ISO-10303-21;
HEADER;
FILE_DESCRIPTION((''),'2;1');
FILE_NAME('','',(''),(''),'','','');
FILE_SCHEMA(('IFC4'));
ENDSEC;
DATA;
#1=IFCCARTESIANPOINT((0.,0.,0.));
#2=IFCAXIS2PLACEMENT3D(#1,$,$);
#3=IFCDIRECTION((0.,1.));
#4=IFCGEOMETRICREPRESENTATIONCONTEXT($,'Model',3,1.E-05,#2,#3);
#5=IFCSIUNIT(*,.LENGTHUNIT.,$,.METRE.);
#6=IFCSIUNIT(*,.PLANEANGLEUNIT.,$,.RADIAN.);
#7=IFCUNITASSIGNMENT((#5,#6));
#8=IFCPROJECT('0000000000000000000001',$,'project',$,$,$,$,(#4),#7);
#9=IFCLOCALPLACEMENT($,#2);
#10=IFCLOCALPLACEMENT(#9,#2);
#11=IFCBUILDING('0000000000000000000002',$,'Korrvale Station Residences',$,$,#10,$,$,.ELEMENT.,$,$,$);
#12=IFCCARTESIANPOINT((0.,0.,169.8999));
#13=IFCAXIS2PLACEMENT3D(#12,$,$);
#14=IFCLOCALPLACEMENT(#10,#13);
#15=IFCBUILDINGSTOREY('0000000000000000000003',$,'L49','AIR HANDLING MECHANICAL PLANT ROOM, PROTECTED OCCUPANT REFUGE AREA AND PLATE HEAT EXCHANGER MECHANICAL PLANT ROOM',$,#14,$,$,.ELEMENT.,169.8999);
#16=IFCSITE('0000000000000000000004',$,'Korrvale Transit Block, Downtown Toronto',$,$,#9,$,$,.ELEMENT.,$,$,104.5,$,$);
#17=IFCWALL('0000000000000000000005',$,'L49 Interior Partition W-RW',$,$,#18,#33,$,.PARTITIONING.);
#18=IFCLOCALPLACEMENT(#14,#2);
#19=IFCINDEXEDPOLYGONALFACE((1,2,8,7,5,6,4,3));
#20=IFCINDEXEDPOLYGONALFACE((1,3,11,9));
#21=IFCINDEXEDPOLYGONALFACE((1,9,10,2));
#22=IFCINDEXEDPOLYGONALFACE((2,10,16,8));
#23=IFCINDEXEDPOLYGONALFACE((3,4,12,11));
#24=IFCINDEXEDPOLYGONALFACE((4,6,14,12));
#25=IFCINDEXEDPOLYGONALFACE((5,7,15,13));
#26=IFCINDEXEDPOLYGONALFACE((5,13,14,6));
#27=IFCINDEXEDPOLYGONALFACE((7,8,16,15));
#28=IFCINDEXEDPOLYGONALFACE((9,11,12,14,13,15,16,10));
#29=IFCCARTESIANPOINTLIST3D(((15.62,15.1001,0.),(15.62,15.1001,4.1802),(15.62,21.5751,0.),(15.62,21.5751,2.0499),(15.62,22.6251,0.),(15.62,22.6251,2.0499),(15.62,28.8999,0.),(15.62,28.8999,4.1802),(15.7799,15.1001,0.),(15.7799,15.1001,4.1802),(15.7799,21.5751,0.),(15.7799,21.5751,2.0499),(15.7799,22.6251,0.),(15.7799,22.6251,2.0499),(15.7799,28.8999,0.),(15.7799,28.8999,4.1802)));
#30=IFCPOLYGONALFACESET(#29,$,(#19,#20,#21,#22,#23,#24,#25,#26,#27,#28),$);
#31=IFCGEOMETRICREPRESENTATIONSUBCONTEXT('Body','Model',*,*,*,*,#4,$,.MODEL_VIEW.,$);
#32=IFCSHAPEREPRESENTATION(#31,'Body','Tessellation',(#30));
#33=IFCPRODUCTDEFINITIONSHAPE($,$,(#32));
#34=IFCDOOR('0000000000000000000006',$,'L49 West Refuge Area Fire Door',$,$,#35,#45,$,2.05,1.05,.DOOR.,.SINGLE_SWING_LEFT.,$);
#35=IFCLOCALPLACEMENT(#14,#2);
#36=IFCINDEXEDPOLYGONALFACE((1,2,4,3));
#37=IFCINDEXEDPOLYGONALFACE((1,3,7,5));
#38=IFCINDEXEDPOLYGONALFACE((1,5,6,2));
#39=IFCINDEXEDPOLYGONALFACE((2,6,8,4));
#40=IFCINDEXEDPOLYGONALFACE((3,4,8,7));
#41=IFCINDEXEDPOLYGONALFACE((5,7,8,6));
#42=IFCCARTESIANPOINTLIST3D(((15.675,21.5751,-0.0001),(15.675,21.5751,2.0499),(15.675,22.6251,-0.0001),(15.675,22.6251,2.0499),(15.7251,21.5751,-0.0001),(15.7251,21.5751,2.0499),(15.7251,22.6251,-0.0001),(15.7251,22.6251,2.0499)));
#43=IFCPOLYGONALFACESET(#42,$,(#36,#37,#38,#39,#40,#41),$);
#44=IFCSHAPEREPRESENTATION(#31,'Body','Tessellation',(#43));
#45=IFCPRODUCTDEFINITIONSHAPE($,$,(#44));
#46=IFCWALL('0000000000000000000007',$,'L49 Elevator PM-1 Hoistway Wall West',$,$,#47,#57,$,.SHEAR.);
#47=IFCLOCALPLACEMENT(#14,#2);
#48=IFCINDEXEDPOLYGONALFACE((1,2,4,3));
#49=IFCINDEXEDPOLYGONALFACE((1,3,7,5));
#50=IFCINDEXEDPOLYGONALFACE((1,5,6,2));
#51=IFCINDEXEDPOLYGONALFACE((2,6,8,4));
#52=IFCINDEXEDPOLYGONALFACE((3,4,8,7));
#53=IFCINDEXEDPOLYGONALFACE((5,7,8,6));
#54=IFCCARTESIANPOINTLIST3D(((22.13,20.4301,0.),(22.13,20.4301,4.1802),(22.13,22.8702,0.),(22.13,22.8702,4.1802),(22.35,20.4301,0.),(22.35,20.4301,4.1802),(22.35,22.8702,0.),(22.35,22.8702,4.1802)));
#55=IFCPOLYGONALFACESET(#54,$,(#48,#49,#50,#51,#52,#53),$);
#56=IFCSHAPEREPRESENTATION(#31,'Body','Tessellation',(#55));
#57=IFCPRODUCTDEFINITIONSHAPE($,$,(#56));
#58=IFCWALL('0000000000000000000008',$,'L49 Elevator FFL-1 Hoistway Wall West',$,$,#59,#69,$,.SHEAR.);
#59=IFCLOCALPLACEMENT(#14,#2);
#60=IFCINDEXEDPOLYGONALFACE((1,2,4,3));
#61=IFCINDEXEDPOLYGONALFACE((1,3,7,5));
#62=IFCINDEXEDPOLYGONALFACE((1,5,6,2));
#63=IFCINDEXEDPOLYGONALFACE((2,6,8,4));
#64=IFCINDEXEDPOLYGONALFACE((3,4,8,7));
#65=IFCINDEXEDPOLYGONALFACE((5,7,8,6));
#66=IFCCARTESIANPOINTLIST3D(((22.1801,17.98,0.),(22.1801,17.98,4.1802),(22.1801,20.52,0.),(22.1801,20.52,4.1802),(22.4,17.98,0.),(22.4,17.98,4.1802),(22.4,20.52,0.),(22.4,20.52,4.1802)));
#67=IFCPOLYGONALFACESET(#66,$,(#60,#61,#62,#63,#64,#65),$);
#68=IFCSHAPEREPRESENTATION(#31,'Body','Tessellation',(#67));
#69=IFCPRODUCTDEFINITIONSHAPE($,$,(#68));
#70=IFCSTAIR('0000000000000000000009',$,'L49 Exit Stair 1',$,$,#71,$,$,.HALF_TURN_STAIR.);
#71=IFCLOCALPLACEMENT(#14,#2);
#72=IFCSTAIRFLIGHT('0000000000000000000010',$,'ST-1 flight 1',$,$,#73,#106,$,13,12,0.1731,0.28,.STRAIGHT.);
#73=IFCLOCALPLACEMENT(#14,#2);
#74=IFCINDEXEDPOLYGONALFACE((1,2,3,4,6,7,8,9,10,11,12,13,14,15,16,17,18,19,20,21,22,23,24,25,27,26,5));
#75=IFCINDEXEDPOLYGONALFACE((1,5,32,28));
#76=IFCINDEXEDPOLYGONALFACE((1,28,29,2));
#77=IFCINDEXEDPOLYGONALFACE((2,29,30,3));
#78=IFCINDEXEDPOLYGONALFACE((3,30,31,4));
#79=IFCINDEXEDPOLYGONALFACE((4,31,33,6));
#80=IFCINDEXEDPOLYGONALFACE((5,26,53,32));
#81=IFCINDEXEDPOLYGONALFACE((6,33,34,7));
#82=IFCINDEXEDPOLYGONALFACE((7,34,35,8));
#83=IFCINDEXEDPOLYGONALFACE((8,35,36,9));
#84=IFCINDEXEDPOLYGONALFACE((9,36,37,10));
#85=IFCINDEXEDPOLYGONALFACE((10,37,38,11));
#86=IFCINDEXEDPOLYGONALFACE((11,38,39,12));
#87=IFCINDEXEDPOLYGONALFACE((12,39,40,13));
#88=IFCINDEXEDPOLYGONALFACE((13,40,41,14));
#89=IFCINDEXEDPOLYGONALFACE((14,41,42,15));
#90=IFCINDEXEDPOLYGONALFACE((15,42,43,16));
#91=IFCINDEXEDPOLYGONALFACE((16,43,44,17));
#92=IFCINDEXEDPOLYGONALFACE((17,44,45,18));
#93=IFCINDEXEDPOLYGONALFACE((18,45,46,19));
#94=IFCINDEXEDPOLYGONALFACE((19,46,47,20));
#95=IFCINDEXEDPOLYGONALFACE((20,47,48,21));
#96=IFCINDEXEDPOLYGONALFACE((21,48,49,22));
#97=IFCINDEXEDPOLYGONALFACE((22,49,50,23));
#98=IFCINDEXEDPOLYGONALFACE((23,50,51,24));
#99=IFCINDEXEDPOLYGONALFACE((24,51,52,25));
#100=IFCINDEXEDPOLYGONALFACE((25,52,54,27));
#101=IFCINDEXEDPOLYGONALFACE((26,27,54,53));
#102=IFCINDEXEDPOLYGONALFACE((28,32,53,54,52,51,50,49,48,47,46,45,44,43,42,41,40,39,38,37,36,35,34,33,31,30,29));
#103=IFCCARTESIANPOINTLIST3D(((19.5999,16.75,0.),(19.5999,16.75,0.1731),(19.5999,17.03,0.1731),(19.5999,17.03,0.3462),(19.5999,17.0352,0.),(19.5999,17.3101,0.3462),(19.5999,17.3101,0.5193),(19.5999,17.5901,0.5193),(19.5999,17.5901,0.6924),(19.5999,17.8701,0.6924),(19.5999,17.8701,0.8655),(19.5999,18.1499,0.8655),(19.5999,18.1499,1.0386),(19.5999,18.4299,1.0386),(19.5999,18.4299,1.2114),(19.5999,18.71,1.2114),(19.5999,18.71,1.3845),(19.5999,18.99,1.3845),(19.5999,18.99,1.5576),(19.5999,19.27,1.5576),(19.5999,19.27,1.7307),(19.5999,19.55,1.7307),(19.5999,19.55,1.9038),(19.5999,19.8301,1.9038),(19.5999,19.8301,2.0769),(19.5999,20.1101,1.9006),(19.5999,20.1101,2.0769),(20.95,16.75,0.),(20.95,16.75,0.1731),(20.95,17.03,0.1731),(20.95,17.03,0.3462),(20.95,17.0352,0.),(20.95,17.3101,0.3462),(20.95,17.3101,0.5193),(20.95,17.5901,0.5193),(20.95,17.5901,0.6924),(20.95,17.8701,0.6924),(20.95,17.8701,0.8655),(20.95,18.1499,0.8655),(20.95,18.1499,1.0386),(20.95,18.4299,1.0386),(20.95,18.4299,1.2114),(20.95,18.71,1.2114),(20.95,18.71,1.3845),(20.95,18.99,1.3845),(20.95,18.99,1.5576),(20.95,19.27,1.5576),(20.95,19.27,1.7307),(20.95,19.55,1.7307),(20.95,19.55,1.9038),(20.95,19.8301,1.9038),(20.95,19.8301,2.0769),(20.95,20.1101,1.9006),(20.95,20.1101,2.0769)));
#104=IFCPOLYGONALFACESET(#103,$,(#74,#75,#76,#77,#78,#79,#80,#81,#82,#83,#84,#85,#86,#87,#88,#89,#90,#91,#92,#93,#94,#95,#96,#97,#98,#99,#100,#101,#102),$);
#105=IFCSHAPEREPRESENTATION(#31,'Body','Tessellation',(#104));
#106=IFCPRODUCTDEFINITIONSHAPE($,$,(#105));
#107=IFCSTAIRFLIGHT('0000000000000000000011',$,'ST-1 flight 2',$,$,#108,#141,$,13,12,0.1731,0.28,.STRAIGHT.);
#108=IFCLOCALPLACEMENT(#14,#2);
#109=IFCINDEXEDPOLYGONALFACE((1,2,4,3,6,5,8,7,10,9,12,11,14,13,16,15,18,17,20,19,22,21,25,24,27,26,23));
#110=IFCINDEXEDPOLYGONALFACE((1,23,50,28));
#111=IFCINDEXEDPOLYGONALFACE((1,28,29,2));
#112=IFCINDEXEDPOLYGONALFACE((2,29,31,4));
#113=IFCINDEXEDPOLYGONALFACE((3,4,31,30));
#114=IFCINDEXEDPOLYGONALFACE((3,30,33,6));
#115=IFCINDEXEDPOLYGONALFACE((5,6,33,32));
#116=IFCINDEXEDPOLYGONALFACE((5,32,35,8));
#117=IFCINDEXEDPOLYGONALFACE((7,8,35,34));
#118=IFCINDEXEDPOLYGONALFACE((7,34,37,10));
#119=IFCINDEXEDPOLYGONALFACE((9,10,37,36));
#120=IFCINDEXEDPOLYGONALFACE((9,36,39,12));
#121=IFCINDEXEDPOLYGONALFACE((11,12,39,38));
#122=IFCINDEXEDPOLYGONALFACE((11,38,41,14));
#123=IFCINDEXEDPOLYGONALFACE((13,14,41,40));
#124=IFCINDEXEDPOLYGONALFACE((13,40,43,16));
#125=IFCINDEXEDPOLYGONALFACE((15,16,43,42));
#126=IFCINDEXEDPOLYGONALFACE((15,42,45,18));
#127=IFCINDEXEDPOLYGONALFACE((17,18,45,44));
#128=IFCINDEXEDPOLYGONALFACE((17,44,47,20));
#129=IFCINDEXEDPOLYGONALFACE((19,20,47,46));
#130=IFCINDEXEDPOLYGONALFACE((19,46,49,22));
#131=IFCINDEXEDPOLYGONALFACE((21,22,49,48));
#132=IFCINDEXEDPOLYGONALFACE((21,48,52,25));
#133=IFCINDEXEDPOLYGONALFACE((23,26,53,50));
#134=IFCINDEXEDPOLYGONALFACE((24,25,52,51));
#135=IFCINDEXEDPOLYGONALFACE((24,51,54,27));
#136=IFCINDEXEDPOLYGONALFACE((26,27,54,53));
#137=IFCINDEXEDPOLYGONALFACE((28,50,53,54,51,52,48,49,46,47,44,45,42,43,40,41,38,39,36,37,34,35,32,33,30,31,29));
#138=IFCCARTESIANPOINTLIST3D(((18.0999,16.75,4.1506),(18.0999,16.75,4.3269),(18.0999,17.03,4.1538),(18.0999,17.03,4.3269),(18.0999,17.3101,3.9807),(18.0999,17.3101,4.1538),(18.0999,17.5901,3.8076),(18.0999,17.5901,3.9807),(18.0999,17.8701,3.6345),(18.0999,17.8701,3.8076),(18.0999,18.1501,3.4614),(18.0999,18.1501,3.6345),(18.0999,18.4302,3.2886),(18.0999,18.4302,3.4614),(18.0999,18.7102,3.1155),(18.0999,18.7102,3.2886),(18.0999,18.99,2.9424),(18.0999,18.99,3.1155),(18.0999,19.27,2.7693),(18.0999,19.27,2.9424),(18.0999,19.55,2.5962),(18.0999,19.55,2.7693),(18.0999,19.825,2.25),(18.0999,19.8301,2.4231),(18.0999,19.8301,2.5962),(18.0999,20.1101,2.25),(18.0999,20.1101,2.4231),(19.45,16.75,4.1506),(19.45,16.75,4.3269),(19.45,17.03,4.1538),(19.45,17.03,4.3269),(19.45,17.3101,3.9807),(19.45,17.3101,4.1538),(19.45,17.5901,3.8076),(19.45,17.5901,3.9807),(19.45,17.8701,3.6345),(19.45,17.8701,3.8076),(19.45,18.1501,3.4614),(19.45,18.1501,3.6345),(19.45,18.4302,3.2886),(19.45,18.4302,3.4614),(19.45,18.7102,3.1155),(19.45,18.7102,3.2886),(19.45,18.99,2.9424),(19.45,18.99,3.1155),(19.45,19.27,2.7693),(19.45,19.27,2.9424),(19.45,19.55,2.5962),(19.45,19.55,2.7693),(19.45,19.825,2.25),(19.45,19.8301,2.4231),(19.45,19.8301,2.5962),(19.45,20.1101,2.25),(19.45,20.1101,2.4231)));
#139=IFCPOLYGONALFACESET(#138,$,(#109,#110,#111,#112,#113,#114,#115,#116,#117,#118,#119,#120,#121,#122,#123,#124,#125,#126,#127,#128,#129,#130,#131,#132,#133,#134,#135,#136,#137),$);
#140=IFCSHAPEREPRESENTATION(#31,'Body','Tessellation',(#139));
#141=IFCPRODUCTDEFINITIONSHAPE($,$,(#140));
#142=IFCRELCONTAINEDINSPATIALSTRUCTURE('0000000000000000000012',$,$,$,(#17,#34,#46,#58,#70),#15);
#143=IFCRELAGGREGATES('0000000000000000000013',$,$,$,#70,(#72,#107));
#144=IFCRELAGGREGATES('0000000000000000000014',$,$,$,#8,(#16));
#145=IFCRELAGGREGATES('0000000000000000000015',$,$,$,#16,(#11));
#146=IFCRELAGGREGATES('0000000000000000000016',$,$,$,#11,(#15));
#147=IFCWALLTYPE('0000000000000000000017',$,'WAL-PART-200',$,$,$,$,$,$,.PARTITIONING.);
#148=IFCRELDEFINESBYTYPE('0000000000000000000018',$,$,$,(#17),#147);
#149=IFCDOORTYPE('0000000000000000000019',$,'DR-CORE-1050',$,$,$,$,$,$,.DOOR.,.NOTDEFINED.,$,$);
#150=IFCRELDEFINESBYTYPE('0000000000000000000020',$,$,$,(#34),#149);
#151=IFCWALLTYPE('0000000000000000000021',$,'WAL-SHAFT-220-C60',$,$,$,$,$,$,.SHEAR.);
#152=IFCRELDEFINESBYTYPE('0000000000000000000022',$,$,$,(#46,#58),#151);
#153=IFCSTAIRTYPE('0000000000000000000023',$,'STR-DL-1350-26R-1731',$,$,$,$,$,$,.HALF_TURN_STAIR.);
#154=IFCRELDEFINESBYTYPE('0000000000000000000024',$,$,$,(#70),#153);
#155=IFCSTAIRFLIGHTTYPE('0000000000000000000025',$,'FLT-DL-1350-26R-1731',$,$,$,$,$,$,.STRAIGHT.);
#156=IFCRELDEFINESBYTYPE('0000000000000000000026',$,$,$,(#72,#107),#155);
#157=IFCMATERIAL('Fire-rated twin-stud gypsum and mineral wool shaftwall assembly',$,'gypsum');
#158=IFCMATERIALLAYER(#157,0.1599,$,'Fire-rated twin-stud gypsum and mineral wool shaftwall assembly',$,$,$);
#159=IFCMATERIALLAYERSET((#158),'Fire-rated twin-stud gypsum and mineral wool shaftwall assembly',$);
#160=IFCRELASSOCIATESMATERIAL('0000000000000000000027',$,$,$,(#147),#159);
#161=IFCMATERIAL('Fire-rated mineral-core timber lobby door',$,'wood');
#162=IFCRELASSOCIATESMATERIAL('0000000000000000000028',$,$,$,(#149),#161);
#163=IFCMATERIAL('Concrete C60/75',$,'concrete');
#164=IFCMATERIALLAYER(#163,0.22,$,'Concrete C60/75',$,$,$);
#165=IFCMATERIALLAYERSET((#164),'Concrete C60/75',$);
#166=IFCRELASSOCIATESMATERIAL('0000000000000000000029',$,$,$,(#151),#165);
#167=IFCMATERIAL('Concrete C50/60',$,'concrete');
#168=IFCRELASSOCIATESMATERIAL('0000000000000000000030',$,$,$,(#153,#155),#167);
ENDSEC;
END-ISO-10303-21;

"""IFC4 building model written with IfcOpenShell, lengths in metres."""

from ifc_helpers import new_model, si_unit, direction, frame, frame_2d, origin, place, context, subcontext, project, spatial, polyline, rectangle, outline, extrude, material, layer, layer_set, type_object, element, fill, aggregate, save


model = new_model("IFC4")

# Units and contexts
model_context = context("Model", 3, precision=1e-05, world=origin(), true_north=direction((0.0, 1.0)))
body_context = subcontext(model_context, "Body", "Model", "MODEL_VIEW")
ifc_project = project(units=[si_unit("LENGTHUNIT", "METRE"), si_unit("PLANEANGLEUNIT", "RADIAN")], contexts=[model_context])

# Site, building, storey
site_placement = place(None, origin())
site = spatial("IfcSite", under=ifc_project, at=site_placement, Name="Korrvale Transit Block, Downtown Toronto", CompositionType="ELEMENT", RefElevation=104.5)
building_placement = place(site_placement, origin())
building = spatial("IfcBuilding", under=site, at=building_placement, Name="Korrvale Station Residences", CompositionType="ELEMENT")
storey_placement = place(building_placement, frame((0.0, 0.0, 169.8999)))
storey = spatial("IfcBuildingStorey", under=building, at=storey_placement, Name="L49", Description="AIR HANDLING MECHANICAL PLANT ROOM, PROTECTED OCCUPANT REFUGE AREA AND PLATE HEAT EXCHANGER MECHANICAL PLANT ROOM", CompositionType="ELEMENT", Elevation=169.8999)

# Shared definitions
ifc_material_1 = material(Name="Concrete C60/75", Category="concrete")

# Shared definitions
ifc_material_2 = material(Name="Fire-rated twin-stud gypsum and mineral wool shaftwall assembly", Category="gypsum")
ifc_layer_1 = layer(ifc_material_2, 0.1599, Name="Fire-rated twin-stud gypsum and mineral wool shaftwall assembly")
ifc_layer_set_1 = layer_set([ifc_layer_1], Name="Fire-rated twin-stud gypsum and mineral wool shaftwall assembly")
wall_type_1 = type_object("IfcWallType", Name="WAL-PART-200", PredefinedType="PARTITIONING", material=ifc_layer_set_1)
ifc_material_3 = material(Name="Fire-rated mineral-core timber lobby door", Category="wood")
door_type_1 = type_object("IfcDoorType", Name="DR-CORE-1050", OperationType="NOTDEFINED", PredefinedType="DOOR", material=ifc_material_3)

# Wall, opening, door
wall_1_placement = place(storey_placement, frame((15.7, 15.1001, 0.0), z_axis=(0.0, 0.0, 1.0), x_axis=(0.0, 1.0, 0.0)))
wall_1 = element("IfcWall", 1, at=wall_1_placement, inside=storey, type_object=wall_type_1, Name="L49 Interior Partition W-RW", PredefinedType="PARTITIONING", context=body_context, shape_type="SweptSolid", body=[
    extrude(rectangle(XDim=13.7998, YDim=0.1599, at=frame_2d((6.8999, 0.0))), origin(), (0.0, 0.0, 1.0), 4.1802),
])
opening_1_placement = place(wall_1_placement, frame((6.4751, 0.0, 0.0)))
opening_1 = element("IfcOpeningElement", 2, at=opening_1_placement, cuts=wall_1, PredefinedType="OPENING", context=body_context, shape_type="SweptSolid", body=[
    extrude(rectangle(XDim=1.05, YDim=2.05, at=frame_2d((0.5249, 1.0249))), frame((0.0, 0.0898, 0.0), z_axis=(0.0, -1.0, 0.0), x_axis=(1.0, 0.0, 0.0)), (0.0, 0.0, 1.0), 0.1799),
])
door_1_placement = place(opening_1_placement, origin())
door_1 = element("IfcDoor", 3, at=door_1_placement, inside=storey, type_object=door_type_1, Name="L49 West Refuge Area Fire Door", OperationType="SINGLE_SWING_LEFT", OverallHeight=2.05, OverallWidth=1.05, PredefinedType="DOOR", context=body_context, shape_type="SweptSolid", body=[
    extrude(rectangle(XDim=1.05, YDim=2.05, at=frame_2d((0.5249, 1.0249))), frame((0.0, 0.0249, 0.0), z_axis=(0.0, -1.0, 0.0), x_axis=(1.0, 0.0, 0.0)), (0.0, 0.0, 1.0), 0.05),
])
fill(opening_1, door_1)

# Walls
ifc_layer_2 = layer(ifc_material_1, 0.22, Name="Concrete C60/75")
ifc_layer_set_2 = layer_set([ifc_layer_2], Name="Concrete C60/75")
wall_type_2 = type_object("IfcWallType", Name="WAL-SHAFT-220-C60", PredefinedType="SHEAR", material=ifc_layer_set_2)
wall_2_placement = place(storey_placement, frame((22.24, 20.4299, 0.0), z_axis=(0.0, 0.0, 1.0), x_axis=(0.0, 1.0, 0.0)))
element("IfcWall", 4, at=wall_2_placement, inside=storey, type_object=wall_type_2, Name="L49 Elevator PM-1 Hoistway Wall West", PredefinedType="SHEAR", context=body_context, shape_type="SweptSolid", body=[
    extrude(rectangle(XDim=2.4402, YDim=0.22, at=frame_2d((1.2202, 0.0))), origin(), (0.0, 0.0, 1.0), 4.1802),
])
wall_3_placement = place(storey_placement, frame((22.29, 17.98, 0.0), z_axis=(0.0, 0.0, 1.0), x_axis=(0.0, 1.0, 0.0)))
element("IfcWall", 5, at=wall_3_placement, inside=storey, type_object=wall_type_2, Name="L49 Elevator FFL-1 Hoistway Wall West", PredefinedType="SHEAR", context=body_context, shape_type="SweptSolid", body=[
    extrude(rectangle(XDim=2.54, YDim=0.22, at=frame_2d((1.27, 0.0))), origin(), (0.0, 0.0, 1.0), 4.1802),
])

# Stair, stair flights
ifc_material_4 = material(Name="Concrete C50/60", Category="concrete")
stair_type = type_object("IfcStairType", Name="STR-DL-1350-26R-1731", PredefinedType="HALF_TURN_STAIR", material=ifc_material_4)
stair_placement = place(storey_placement, origin())
stair = element("IfcStair", 6, at=stair_placement, inside=storey, type_object=stair_type, Name="L49 Exit Stair 1", PredefinedType="HALF_TURN_STAIR")
stair_flight_type = type_object("IfcStairFlightType", Name="FLT-DL-1350-26R-1731", PredefinedType="STRAIGHT", material=ifc_material_4)
stair_flight_1_placement = place(storey_placement, frame((20.2749, 16.75, 0.0), z_axis=(0.0, 0.0, 1.0), x_axis=(0.0, 1.0, 0.0)))
stair_flight_1 = element("IfcStairFlight", 7, at=stair_flight_1_placement, type_object=stair_flight_type, Name="ST-1 flight 1", NumberOfRisers=13, NumberOfTreads=12, PredefinedType="STRAIGHT", RiserHeight=0.1731, TreadLength=0.28, context=body_context, shape_type="SweptSolid", body=[
    extrude(outline(polyline([(0.0, 0.0), (0.0, 0.1731), (0.28, 0.1731), (0.28, 0.3462), (0.5601, 0.3462), (0.5601, 0.5193), (0.8401, 0.5193), (0.8401, 0.6924), (1.1201, 0.6924), (1.1201, 0.8655), (1.3999, 0.8655), (1.3999, 1.0386), (1.6799, 1.0386), (1.6799, 1.2114), (1.96, 1.2114), (1.96, 1.3845), (2.24, 1.3845), (2.24, 1.5576), (2.52, 1.5576), (2.52, 1.7307), (2.8, 1.7307), (2.8, 1.9038), (3.0801, 1.9038), (3.0801, 2.0769), (3.3601, 2.0769), (3.3601, 2.25), (3.3601, 1.9006), (0.2852, 0.0), (0.0, 0.0)])), frame((0.0, 0.675, 0.0), z_axis=(0.0, -1.0, 0.0), x_axis=(1.0, 0.0, 0.0)), (0.0, 0.0, 1.0), 1.3501),
])
stair_flight_2_placement = place(storey_placement, frame((18.7749, 20.1101, 2.25), z_axis=(0.0, 0.0, 1.0), x_axis=(0.0, -1.0, 0.0)))
stair_flight_2 = element("IfcStairFlight", 8, at=stair_flight_2_placement, type_object=stair_flight_type, Name="ST-1 flight 2", NumberOfRisers=13, NumberOfTreads=12, PredefinedType="STRAIGHT", RiserHeight=0.1731, TreadLength=0.28, context=body_context, shape_type="SweptSolid", body=[
    extrude(outline(polyline([(0.0, 0.0), (0.0, 0.1731), (0.28, 0.1731), (0.28, 0.3462), (0.5601, 0.3462), (0.5601, 0.5193), (0.8401, 0.5193), (0.8401, 0.6924), (1.1201, 0.6924), (1.1201, 0.8655), (1.3999, 0.8655), (1.3999, 1.0386), (1.6799, 1.0386), (1.6799, 1.2114), (1.96, 1.2114), (1.96, 1.3845), (2.24, 1.3845), (2.24, 1.5576), (2.52, 1.5576), (2.52, 1.7307), (2.8, 1.7307), (2.8, 1.9038), (3.0801, 1.9038), (3.0801, 2.0769), (3.3601, 2.0769), (3.3601, 2.25), (3.3601, 1.9006), (0.2852, 0.0), (0.0, 0.0)])), frame((0.0, 0.675, 0.0), z_axis=(0.0, -1.0, 0.0), x_axis=(1.0, 0.0, 0.0)), (0.0, 0.0, 1.0), 1.3501),
])
aggregate(stair, [stair_flight_1, stair_flight_2])

save(model, "model.ifc")
